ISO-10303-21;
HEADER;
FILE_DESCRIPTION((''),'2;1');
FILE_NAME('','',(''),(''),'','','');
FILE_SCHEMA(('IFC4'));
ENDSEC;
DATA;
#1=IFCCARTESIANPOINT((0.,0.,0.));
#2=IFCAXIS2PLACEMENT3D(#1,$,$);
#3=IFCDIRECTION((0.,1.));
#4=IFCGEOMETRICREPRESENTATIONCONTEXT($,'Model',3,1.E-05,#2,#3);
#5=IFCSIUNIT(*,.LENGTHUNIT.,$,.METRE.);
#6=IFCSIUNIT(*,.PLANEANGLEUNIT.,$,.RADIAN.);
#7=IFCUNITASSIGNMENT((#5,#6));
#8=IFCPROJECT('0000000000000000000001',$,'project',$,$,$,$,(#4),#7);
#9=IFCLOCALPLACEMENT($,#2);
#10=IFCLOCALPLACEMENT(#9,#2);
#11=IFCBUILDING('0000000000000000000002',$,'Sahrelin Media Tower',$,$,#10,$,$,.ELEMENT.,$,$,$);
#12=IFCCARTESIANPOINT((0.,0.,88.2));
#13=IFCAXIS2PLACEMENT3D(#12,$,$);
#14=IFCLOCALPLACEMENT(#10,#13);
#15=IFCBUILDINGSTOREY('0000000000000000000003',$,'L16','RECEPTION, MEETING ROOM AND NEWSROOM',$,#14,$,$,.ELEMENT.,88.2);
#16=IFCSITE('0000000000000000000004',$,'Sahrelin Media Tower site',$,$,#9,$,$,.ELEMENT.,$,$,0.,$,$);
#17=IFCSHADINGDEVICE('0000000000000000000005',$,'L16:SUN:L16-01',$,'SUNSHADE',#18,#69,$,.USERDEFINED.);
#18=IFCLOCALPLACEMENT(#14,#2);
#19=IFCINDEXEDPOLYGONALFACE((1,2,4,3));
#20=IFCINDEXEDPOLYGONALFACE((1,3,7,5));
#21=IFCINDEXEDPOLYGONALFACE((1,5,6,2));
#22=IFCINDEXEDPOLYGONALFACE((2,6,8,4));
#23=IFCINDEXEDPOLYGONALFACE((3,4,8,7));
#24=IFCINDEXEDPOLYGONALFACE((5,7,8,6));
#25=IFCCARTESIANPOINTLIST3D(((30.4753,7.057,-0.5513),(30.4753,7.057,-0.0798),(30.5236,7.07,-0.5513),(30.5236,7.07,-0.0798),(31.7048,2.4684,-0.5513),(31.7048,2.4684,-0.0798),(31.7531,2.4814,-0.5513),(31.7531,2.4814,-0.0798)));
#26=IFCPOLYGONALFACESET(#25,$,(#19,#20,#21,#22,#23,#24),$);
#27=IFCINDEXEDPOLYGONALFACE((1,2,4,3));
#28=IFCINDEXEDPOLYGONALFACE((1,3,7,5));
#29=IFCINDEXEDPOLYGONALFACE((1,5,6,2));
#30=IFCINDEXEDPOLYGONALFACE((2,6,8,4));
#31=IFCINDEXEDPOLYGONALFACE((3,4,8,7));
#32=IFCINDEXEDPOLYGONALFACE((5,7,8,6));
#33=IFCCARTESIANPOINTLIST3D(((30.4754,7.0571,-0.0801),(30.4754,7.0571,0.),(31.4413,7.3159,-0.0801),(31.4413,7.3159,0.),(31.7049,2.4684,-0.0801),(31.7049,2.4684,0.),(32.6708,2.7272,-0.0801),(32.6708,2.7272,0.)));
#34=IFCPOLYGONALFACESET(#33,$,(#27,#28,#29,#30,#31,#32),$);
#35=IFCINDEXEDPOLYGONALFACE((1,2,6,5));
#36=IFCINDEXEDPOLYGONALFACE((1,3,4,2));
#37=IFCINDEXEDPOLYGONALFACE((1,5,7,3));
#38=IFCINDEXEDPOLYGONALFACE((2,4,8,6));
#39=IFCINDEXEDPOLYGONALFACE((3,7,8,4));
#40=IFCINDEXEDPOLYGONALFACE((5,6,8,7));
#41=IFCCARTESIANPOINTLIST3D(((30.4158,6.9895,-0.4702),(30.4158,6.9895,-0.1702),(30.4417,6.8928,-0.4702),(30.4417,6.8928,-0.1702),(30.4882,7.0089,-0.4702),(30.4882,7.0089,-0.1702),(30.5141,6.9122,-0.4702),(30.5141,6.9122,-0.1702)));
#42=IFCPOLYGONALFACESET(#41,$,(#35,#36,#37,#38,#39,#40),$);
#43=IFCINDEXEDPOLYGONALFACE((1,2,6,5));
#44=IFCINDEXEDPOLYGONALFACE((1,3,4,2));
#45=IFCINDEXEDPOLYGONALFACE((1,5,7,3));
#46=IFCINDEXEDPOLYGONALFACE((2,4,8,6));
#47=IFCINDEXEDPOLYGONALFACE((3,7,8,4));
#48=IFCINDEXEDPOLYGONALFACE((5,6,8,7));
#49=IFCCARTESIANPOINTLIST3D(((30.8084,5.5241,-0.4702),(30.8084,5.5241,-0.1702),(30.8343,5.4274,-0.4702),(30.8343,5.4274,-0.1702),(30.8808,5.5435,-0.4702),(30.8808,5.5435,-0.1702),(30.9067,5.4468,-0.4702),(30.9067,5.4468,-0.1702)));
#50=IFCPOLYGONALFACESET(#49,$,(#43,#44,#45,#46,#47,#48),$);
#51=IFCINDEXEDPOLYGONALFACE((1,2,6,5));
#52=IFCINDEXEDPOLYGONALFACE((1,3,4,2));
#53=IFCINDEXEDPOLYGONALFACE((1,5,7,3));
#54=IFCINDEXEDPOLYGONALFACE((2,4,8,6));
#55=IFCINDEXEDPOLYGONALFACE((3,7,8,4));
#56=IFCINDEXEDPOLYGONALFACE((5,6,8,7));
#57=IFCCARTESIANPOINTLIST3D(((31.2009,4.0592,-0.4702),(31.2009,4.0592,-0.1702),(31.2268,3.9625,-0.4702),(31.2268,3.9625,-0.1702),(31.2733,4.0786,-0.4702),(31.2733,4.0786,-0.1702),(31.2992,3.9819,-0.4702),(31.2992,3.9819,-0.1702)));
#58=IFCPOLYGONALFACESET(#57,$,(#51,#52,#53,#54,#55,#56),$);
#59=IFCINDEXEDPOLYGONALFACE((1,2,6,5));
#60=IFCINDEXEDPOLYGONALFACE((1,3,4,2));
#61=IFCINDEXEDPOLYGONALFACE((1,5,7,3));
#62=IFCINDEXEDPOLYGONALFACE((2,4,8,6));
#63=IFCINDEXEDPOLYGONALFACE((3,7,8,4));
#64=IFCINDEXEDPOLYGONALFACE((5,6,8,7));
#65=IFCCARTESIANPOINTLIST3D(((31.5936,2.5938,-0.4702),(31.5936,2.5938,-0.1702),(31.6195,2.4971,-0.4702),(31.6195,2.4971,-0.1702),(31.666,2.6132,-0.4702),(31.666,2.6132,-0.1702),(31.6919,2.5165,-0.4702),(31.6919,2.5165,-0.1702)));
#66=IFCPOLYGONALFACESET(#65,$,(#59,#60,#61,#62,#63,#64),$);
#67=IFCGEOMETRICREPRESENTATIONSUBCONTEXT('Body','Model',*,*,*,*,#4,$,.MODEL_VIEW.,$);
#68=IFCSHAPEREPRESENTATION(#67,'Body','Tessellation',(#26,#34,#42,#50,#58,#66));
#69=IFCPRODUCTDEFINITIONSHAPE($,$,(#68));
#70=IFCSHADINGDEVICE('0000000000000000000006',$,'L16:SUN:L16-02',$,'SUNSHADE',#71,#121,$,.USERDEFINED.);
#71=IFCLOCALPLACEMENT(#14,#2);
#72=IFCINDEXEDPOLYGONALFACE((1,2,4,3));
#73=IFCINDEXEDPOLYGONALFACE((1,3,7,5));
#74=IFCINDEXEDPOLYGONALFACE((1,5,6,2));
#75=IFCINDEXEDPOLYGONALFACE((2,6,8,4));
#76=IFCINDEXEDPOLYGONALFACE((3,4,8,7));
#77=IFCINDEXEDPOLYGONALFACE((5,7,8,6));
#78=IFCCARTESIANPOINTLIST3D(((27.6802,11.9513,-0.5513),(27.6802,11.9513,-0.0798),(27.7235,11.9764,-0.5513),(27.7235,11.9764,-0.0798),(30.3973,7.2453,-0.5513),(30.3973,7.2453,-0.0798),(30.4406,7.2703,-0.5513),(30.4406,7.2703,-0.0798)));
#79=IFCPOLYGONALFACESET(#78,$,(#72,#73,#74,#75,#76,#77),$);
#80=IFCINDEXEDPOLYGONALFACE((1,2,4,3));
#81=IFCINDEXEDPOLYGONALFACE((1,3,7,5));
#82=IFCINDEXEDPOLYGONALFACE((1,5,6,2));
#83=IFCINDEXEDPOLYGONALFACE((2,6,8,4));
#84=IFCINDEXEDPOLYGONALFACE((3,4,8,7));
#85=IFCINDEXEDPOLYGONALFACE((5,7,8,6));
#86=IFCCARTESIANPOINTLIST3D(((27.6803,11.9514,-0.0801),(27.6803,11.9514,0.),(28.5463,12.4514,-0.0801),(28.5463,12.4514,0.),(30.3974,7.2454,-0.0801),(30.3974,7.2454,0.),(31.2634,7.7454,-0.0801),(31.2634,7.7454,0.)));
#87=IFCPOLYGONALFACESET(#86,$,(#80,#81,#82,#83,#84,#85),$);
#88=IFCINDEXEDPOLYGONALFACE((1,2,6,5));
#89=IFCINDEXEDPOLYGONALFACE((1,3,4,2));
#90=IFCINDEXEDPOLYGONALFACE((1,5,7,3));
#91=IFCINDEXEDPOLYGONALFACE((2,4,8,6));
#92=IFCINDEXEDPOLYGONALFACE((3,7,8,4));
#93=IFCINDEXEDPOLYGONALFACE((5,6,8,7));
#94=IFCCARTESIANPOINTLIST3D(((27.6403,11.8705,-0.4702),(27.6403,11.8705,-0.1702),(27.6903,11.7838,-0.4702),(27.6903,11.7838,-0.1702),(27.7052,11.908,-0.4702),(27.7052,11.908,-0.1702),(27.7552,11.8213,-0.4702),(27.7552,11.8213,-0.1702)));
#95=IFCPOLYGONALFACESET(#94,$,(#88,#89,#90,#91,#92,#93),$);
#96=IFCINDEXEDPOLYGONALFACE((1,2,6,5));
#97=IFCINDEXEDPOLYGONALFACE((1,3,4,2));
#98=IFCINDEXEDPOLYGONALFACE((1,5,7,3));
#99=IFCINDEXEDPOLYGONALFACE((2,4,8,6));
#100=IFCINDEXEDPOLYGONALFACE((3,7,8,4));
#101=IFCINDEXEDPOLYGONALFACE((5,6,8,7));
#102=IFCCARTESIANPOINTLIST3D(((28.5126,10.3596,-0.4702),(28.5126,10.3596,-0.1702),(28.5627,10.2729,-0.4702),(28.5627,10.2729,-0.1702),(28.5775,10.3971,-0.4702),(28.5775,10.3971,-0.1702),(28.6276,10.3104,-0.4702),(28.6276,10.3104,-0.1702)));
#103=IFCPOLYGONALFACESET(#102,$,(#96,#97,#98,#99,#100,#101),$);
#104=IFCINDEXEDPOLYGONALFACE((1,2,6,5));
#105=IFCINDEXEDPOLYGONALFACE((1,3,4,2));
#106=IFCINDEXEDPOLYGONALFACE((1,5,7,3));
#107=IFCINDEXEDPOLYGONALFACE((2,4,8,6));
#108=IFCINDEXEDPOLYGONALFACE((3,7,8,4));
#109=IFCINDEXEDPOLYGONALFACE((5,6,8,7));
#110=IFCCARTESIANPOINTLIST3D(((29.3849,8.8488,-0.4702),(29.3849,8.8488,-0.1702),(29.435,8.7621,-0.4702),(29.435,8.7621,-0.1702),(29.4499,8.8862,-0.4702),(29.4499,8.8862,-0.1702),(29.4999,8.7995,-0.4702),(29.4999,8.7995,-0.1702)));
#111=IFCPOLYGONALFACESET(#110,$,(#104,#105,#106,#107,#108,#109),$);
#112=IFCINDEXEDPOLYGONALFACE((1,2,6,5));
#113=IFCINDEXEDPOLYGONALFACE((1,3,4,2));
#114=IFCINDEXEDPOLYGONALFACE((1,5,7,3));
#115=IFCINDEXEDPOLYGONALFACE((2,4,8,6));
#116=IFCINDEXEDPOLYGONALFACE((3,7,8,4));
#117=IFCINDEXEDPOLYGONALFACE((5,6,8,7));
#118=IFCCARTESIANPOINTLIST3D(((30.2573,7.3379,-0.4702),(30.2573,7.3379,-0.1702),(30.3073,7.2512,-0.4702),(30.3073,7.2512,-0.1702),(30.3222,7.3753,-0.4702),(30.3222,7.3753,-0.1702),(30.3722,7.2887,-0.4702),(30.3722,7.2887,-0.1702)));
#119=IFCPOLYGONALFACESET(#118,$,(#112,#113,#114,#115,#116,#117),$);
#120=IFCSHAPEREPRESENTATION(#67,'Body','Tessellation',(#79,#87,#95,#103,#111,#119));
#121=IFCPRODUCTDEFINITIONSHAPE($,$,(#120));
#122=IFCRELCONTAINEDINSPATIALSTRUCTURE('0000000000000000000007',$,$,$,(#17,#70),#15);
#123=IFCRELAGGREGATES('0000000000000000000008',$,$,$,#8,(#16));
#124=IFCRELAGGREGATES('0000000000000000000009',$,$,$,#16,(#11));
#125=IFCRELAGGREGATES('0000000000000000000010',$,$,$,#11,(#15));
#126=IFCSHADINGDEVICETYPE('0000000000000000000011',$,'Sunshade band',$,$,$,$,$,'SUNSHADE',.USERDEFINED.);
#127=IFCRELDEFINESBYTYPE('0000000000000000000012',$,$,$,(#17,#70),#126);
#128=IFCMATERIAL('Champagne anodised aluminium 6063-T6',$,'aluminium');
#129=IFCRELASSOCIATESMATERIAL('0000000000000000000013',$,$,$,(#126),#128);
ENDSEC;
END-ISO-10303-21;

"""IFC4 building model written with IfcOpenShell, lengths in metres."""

from ifc_helpers import new_model, si_unit, direction, frame, origin, origin_2d, place, context, subcontext, project, spatial, rectangle, extrude, material, type_object, element, save


model = new_model("IFC4")

# Units and contexts
model_context = context("Model", 3, precision=1e-05, world=origin(), true_north=direction((0.0, 1.0)))
body_context = subcontext(model_context, "Body", "Model", "MODEL_VIEW")
ifc_project = project(units=[si_unit("LENGTHUNIT", "METRE"), si_unit("PLANEANGLEUNIT", "RADIAN")], contexts=[model_context])

# Site, building, storey
site_placement = place(None, origin())
site = spatial("IfcSite", under=ifc_project, at=site_placement, Name="Sahrelin Media Tower site", CompositionType="ELEMENT", RefElevation=0.0)
building_placement = place(site_placement, origin())
building = spatial("IfcBuilding", under=site, at=building_placement, Name="Sahrelin Media Tower", CompositionType="ELEMENT")
storey_placement = place(building_placement, frame((0.0, 0.0, 88.2)))
storey = spatial("IfcBuildingStorey", under=building, at=storey_placement, Name="L16", Description="RECEPTION, MEETING ROOM AND NEWSROOM", CompositionType="ELEMENT", Elevation=88.2)

# Shared definitions
ifc_material_1 = material(Name="Champagne anodised aluminium 6063-T6", Category="aluminium")

# Shading devices
placement_1 = place(storey_placement, frame((31.0708, 4.7576, 0.0), z_axis=(0.0, 0.0, 1.0), x_axis=(0.258808, -0.965929, 0.0)))
placement_2 = place(storey_placement, frame((29.0215, 9.5884, 0.0), z_axis=(0.0, 0.0, 1.0), x_axis=(0.500011, -0.866019, 0.0)))
shading_device_type_1 = type_object("IfcShadingDeviceType", Name="Sunshade band", ElementType="SUNSHADE", PredefinedType="USERDEFINED", material=ifc_material_1)
element("IfcShadingDevice", 1, at=placement_1, inside=storey, type_object=shading_device_type_1, Name="L16:SUN:L16-01", ObjectType="SUNSHADE", PredefinedType="USERDEFINED", context=body_context, shape_type="SweptSolid", body=[
    extrude(rectangle(XDim=4.7505, YDim=0.05, at=origin_2d()), frame((0.0, 0.0449, -0.5513)), (0.0, 0.0, 1.0), 0.4714),
    extrude(rectangle(XDim=4.7505, YDim=1.0, at=origin_2d()), frame((0.0, 0.52, -0.0801)), (0.0, 0.0, 1.0), 0.0801),
    extrude(rectangle(XDim=0.1001, YDim=0.075, at=origin_2d()), frame((-2.2754, -0.0176, -0.4702)), (0.0, 0.0, 1.0), 0.3),
    extrude(rectangle(XDim=0.1001, YDim=0.075, at=origin_2d()), frame((-0.7583, -0.0176, -0.4702)), (0.0, 0.0, 1.0), 0.3),
    extrude(rectangle(XDim=0.1001, YDim=0.075, at=origin_2d()), frame((0.7583, -0.0176, -0.4702)), (0.0, 0.0, 1.0), 0.3),
    extrude(rectangle(XDim=0.1001, YDim=0.075, at=origin_2d()), frame((2.2754, -0.0176, -0.4702)), (0.0, 0.0, 1.0), 0.3),
])
element("IfcShadingDevice", 2, at=placement_2, inside=storey, type_object=shading_device_type_1, Name="L16:SUN:L16-02", ObjectType="SUNSHADE", PredefinedType="USERDEFINED", context=body_context, shape_type="SweptSolid", body=[
    extrude(rectangle(XDim=5.4341, YDim=0.05, at=origin_2d()), frame((0.0, 0.0449, -0.5513)), (0.0, 0.0, 1.0), 0.4714),
    extrude(rectangle(XDim=5.4341, YDim=1.0, at=origin_2d()), frame((0.0, 0.52, -0.0801)), (0.0, 0.0, 1.0), 0.0801),
    extrude(rectangle(XDim=0.1001, YDim=0.075, at=origin_2d()), frame((-2.6169, -0.0176, -0.4702)), (0.0, 0.0, 1.0), 0.3),
    extrude(rectangle(XDim=0.1001, YDim=0.075, at=origin_2d()), frame((-0.8723, -0.0176, -0.4702)), (0.0, 0.0, 1.0), 0.3),
    extrude(rectangle(XDim=0.1001, YDim=0.075, at=origin_2d()), frame((0.8723, -0.0176, -0.4702)), (0.0, 0.0, 1.0), 0.3),
    extrude(rectangle(XDim=0.1001, YDim=0.075, at=origin_2d()), frame((2.6169, -0.0176, -0.4702)), (0.0, 0.0, 1.0), 0.3),
])

save(model, "model.ifc")
